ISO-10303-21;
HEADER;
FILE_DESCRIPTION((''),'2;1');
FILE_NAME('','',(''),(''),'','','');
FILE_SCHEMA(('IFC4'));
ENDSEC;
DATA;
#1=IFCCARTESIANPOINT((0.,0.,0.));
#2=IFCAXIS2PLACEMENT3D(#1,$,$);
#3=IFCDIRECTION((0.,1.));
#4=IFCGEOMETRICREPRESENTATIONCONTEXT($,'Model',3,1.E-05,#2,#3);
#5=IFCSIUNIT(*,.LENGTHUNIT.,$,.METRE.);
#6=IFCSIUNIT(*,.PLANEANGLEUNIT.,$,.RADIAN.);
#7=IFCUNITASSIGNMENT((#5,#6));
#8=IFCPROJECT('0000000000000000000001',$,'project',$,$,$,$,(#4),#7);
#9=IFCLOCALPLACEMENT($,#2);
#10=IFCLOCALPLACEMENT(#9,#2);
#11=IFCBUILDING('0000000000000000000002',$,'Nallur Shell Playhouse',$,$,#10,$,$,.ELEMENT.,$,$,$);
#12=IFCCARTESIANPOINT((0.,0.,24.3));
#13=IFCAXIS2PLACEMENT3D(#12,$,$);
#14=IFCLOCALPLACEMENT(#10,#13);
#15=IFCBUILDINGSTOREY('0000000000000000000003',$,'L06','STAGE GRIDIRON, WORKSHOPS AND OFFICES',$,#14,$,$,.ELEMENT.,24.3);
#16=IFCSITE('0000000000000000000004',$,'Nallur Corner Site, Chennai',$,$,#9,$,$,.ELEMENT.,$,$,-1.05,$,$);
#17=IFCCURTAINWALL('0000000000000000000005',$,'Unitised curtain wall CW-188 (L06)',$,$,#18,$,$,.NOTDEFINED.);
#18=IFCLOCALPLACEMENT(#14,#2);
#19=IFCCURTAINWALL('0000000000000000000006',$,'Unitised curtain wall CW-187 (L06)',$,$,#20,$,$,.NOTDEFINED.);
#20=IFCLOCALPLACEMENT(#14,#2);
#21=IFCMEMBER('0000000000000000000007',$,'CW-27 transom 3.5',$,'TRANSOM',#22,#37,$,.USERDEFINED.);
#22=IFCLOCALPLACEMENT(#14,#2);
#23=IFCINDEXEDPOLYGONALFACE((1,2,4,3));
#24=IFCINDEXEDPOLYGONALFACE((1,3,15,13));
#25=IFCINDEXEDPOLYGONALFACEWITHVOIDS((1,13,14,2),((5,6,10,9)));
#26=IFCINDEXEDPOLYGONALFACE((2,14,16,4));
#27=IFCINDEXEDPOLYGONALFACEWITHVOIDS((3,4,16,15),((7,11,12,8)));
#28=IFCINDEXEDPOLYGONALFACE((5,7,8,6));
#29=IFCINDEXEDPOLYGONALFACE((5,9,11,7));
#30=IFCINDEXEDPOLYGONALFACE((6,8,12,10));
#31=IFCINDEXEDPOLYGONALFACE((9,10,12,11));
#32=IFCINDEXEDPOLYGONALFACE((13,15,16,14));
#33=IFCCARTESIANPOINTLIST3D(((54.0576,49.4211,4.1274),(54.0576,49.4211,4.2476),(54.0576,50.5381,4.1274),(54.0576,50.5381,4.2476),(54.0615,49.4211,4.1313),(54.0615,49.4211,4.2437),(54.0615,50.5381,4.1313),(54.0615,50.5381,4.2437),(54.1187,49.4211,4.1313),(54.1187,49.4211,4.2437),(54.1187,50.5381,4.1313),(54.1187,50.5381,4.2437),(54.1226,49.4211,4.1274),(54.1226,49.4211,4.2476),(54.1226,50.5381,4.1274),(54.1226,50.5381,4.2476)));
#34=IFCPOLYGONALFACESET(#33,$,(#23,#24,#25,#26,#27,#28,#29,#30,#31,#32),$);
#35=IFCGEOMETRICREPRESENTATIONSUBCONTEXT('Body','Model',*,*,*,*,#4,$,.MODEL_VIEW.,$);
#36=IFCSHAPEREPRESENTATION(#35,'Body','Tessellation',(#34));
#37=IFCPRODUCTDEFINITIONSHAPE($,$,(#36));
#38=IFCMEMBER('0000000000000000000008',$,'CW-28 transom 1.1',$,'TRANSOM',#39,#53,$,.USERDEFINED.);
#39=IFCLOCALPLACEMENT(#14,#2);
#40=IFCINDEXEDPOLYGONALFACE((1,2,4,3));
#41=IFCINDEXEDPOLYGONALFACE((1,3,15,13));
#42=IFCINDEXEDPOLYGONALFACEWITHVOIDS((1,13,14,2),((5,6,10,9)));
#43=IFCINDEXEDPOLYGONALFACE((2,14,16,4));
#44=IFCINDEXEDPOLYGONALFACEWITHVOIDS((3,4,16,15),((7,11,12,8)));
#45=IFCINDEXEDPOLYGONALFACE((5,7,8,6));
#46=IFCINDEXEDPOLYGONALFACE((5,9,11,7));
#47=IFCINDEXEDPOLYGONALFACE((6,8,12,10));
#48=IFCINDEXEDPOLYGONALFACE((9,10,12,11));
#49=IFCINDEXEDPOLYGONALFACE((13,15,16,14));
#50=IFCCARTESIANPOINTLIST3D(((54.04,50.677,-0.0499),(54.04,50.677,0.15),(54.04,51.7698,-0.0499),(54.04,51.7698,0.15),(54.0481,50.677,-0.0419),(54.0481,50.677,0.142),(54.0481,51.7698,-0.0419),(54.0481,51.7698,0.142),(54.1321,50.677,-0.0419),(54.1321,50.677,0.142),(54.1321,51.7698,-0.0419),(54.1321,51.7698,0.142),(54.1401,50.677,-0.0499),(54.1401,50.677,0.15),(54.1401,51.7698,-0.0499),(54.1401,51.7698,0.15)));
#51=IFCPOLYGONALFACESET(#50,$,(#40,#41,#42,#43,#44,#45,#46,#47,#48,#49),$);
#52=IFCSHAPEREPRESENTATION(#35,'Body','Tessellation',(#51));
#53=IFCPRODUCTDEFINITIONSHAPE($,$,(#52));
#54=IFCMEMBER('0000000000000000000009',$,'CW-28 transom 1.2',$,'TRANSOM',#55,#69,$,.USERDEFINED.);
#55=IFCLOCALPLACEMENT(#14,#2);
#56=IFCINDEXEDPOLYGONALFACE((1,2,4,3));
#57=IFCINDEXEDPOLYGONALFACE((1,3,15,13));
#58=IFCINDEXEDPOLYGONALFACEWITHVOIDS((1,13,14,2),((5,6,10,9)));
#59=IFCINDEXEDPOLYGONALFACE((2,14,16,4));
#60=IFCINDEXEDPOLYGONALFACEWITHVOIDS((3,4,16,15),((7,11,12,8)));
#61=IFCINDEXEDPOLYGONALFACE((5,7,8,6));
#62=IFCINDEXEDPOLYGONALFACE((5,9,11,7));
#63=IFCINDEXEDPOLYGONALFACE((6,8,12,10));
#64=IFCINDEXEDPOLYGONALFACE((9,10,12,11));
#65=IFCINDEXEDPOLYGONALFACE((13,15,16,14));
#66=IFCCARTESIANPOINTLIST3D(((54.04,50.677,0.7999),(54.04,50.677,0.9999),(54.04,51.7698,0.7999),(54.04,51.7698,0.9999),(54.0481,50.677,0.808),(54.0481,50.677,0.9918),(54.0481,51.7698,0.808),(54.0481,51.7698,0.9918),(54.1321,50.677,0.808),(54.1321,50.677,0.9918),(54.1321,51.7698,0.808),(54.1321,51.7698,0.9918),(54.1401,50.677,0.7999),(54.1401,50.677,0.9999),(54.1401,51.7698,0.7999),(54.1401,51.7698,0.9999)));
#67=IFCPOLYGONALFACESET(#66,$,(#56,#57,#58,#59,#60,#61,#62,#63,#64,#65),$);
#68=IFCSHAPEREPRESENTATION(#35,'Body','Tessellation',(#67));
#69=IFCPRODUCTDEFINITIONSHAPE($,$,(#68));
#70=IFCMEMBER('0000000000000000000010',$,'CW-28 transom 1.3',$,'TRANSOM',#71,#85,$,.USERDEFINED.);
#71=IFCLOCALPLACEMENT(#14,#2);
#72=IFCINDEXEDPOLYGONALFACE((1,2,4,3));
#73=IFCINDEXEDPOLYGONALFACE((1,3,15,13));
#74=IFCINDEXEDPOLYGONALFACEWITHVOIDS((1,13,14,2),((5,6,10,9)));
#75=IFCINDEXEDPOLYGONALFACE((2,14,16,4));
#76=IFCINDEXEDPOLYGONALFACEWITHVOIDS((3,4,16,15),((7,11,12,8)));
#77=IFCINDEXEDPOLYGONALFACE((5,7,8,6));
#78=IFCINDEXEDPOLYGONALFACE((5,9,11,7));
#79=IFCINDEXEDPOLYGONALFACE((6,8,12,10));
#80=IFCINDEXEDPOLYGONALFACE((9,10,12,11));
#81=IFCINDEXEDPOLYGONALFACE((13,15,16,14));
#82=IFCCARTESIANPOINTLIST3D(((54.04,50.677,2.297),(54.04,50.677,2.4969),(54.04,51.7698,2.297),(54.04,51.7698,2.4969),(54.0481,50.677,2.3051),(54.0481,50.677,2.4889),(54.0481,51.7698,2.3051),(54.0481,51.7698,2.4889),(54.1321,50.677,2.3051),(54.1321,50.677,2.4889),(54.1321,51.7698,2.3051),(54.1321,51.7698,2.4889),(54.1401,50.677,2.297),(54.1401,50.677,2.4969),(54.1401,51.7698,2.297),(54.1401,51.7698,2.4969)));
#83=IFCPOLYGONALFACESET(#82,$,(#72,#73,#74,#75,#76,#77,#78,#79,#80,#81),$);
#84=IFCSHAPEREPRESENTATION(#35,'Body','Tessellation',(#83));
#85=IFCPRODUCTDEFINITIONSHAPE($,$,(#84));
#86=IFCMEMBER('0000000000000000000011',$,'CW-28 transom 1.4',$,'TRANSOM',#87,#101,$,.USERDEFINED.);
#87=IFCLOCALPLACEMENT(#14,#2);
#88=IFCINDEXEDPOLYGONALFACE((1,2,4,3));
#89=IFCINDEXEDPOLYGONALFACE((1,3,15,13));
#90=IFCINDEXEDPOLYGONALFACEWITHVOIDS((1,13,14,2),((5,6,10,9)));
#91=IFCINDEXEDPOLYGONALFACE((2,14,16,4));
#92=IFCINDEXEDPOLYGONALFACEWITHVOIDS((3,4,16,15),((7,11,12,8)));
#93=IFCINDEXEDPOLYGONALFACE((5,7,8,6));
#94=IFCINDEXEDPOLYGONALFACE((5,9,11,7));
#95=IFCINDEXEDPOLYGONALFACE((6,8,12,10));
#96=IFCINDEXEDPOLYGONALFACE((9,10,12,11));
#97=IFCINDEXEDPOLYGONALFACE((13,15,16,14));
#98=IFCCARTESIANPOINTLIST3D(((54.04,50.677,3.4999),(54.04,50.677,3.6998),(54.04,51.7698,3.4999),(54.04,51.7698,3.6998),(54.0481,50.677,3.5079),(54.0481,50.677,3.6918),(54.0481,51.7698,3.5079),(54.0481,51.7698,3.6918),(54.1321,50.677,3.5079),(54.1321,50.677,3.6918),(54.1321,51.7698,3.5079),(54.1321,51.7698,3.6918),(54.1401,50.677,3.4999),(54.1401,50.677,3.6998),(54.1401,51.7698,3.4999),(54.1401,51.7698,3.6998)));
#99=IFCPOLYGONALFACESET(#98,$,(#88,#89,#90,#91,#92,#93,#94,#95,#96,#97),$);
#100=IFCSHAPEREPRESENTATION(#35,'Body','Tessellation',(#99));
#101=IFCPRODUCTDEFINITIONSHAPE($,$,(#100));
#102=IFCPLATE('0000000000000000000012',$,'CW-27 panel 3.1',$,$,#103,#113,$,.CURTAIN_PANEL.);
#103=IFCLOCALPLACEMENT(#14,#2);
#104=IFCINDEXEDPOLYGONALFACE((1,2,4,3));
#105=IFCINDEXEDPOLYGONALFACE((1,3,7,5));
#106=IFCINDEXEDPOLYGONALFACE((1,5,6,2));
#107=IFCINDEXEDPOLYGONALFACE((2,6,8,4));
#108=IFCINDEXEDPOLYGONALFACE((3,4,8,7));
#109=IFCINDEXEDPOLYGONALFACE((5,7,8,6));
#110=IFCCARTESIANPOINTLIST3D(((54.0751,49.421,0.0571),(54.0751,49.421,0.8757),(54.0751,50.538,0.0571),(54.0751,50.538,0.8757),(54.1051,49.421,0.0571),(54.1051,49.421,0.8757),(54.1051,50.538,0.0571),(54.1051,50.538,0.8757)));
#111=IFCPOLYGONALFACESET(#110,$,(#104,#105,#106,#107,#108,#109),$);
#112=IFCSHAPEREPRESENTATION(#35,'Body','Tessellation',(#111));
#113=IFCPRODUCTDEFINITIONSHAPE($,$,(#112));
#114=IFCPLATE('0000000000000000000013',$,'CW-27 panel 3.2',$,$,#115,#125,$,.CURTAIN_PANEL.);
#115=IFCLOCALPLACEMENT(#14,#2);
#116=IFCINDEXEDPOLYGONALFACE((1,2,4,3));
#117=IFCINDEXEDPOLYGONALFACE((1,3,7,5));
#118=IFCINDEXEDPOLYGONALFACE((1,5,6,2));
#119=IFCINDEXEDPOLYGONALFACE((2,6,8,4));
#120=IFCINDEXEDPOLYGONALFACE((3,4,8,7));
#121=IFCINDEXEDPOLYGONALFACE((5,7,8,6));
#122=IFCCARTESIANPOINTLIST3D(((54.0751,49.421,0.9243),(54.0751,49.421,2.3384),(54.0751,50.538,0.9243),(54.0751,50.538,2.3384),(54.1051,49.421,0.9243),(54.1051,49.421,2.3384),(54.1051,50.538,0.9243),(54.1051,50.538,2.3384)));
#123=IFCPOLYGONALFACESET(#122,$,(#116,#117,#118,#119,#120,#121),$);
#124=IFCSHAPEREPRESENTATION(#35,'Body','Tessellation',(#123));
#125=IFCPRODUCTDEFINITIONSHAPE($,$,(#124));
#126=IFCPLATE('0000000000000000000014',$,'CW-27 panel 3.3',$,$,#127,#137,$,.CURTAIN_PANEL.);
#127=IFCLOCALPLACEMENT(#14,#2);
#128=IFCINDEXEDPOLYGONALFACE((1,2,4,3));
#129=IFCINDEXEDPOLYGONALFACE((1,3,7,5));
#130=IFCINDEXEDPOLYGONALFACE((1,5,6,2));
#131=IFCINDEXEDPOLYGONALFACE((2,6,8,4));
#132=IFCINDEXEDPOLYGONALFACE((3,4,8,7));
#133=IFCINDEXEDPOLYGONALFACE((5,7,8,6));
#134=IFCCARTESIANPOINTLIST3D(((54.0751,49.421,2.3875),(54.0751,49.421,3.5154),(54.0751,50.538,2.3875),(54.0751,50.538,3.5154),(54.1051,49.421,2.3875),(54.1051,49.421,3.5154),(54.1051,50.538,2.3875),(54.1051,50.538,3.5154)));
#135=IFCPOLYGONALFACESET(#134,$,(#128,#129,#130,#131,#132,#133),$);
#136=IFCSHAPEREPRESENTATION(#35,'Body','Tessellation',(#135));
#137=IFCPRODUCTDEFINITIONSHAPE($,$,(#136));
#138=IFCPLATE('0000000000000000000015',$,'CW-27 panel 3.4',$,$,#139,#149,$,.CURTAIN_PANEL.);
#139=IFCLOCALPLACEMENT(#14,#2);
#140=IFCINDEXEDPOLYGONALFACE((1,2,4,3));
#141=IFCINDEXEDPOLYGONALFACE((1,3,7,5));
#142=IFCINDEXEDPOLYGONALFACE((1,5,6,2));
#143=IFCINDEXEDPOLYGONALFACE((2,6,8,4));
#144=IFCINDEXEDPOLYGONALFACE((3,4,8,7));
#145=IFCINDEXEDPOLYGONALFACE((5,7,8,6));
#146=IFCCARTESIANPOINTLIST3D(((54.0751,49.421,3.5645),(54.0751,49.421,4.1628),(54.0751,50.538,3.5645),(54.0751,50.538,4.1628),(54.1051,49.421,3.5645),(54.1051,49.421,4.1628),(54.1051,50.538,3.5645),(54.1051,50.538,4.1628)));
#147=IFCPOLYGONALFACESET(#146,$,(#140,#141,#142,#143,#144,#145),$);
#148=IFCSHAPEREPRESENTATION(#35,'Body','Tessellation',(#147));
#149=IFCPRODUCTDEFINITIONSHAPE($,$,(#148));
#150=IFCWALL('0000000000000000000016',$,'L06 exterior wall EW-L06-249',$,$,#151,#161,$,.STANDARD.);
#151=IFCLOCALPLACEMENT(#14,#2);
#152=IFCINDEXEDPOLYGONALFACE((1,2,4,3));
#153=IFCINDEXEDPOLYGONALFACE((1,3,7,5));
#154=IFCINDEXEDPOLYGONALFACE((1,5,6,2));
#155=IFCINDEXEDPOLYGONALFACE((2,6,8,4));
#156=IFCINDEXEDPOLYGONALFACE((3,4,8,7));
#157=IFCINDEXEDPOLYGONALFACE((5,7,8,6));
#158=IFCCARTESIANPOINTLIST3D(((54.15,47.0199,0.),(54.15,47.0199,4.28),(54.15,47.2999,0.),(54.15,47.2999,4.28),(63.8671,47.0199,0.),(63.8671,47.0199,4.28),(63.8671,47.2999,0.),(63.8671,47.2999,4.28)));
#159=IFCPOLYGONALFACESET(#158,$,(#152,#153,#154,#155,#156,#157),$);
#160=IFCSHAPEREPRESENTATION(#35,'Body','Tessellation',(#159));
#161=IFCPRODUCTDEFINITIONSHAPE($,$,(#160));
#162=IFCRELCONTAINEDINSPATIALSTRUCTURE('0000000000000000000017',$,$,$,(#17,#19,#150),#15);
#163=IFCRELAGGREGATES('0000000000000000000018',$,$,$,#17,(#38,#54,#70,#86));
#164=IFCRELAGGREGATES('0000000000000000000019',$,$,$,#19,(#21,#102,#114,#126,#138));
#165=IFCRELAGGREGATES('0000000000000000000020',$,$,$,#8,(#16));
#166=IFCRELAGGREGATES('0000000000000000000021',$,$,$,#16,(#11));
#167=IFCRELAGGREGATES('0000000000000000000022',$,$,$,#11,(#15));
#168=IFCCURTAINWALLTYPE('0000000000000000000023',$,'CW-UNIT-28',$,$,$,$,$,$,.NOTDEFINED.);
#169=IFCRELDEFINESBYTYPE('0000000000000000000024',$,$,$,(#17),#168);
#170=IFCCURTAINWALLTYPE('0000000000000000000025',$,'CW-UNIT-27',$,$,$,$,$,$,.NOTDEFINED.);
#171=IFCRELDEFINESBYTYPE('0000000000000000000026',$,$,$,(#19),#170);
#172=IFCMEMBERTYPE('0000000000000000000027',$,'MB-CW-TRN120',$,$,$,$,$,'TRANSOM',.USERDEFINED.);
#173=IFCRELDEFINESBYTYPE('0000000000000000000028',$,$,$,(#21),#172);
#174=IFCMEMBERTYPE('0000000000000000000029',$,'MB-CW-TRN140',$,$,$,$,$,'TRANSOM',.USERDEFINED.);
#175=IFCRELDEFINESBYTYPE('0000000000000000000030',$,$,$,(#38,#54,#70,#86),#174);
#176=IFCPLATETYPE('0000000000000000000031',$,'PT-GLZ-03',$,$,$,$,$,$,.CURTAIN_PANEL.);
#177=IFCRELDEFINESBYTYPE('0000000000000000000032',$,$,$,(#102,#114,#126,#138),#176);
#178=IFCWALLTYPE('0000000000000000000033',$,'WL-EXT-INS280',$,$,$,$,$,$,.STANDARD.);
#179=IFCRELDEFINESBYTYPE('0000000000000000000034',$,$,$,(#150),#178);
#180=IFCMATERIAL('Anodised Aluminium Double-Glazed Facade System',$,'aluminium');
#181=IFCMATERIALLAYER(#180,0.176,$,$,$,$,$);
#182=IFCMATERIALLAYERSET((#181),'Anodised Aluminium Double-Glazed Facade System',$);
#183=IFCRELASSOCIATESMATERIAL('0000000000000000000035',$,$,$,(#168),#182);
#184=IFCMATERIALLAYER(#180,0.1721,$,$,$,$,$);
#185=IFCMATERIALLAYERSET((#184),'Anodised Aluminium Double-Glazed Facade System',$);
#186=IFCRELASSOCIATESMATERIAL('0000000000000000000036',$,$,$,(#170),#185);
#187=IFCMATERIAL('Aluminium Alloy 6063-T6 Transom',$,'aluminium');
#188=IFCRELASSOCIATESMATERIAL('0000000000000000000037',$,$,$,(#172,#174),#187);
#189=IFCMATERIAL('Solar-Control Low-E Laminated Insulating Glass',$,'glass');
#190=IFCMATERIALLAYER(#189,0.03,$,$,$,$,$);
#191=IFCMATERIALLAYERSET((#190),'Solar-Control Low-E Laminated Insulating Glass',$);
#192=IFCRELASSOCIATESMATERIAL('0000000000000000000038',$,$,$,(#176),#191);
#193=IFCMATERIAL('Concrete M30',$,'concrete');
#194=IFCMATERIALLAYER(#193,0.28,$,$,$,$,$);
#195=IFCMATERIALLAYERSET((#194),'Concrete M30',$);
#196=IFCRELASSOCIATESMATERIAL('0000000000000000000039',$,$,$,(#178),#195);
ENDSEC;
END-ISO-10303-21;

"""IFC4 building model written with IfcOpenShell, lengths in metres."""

from ifc_helpers import new_model, si_unit, direction, frame, frame_2d, origin, origin_2d, place, context, subcontext, project, spatial, rectangle, hollow_rectangle, extrude, material, layer, layer_set, material_profile, profile_set, type_object, element, aggregate, save


model = new_model("IFC4")

# Units and contexts
model_context = context("Model", 3, precision=1e-05, world=origin(), true_north=direction((0.0, 1.0)))
body_context = subcontext(model_context, "Body", "Model", "MODEL_VIEW")
ifc_project = project(units=[si_unit("LENGTHUNIT", "METRE"), si_unit("PLANEANGLEUNIT", "RADIAN")], contexts=[model_context])

# Site, building, storey
site_placement = place(None, origin())
site = spatial("IfcSite", under=ifc_project, at=site_placement, Name="Nallur Corner Site, Chennai", CompositionType="ELEMENT", RefElevation=-1.05)
building_placement = place(site_placement, origin())
building = spatial("IfcBuilding", under=site, at=building_placement, Name="Nallur Shell Playhouse", CompositionType="ELEMENT")
storey_placement = place(building_placement, frame((0.0, 0.0, 24.3)))
storey = spatial("IfcBuildingStorey", under=building, at=storey_placement, Name="L06", Description="STAGE GRIDIRON, WORKSHOPS AND OFFICES", CompositionType="ELEMENT", Elevation=24.3)

# Shared definitions
ifc_material_1 = material(Name="Concrete M30", Category="concrete")

# Curtain wall
ifc_material_2 = material(Name="Anodised Aluminium Double-Glazed Facade System", Category="aluminium")
ifc_layer_1 = layer(ifc_material_2, 0.176)
ifc_layer_set_1 = layer_set([ifc_layer_1], Name="Anodised Aluminium Double-Glazed Facade System")
curtain_wall_type_1 = type_object("IfcCurtainWallType", Name="CW-UNIT-28", PredefinedType="NOTDEFINED", material=ifc_layer_set_1)
curtain_wall_1_placement = place(storey_placement, origin())
curtain_wall_1 = element("IfcCurtainWall", 1, at=curtain_wall_1_placement, inside=storey, type_object=curtain_wall_type_1, Name="Unitised curtain wall CW-188 (L06)", PredefinedType="NOTDEFINED")

# Curtain wall, member
ifc_layer_2 = layer(ifc_material_2, 0.1721)
ifc_layer_set_2 = layer_set([ifc_layer_2], Name="Anodised Aluminium Double-Glazed Facade System")
curtain_wall_type_2 = type_object("IfcCurtainWallType", Name="CW-UNIT-27", PredefinedType="NOTDEFINED", material=ifc_layer_set_2)
curtain_wall_2_placement = place(storey_placement, origin())
curtain_wall_2 = element("IfcCurtainWall", 2, at=curtain_wall_2_placement, inside=storey, type_object=curtain_wall_type_2, Name="Unitised curtain wall CW-187 (L06)", PredefinedType="NOTDEFINED")
ifc_material_3 = material(Name="Aluminium Alloy 6063-T6 Transom", Category="aluminium")
ifc_material_profile_1 = material_profile(ifc_material_3, hollow_rectangle(XDim=0.0649, YDim=0.1201, WallThickness=0.0039, at=origin_2d()), Name="ALU 65x120x4")
ifc_profile_set_1 = profile_set([ifc_material_profile_1], Name="Aluminium Alloy 6063-T6 Transom")
member_type_1 = type_object("IfcMemberType", Name="MB-CW-TRN120", ElementType="TRANSOM", PredefinedType="USERDEFINED", material=ifc_profile_set_1)
member_1_placement = place(storey_placement, frame((54.0901, 49.4211, 4.1875), z_axis=(0.0, 1.0, 0.0), x_axis=(-1.0, 0.0, 0.0)))
member_1 = element("IfcMember", 3, at=member_1_placement, type_object=member_type_1, Name="CW-27 transom 3.5", ObjectType="TRANSOM", PredefinedType="USERDEFINED", context=body_context, shape_type="SweptSolid", body=[
    extrude(hollow_rectangle(XDim=0.0649, YDim=0.1201, WallThickness=0.0039, at=origin_2d()), origin(), (0.0, 0.0, 1.0), 1.1169),
])

# Members
ifc_material_profile_2 = material_profile(ifc_material_3, hollow_rectangle(XDim=0.1001, YDim=0.2, WallThickness=0.0081, at=origin_2d()), Name="RHS 200x100x8")
ifc_profile_set_2 = profile_set([ifc_material_profile_2], Name="Aluminium Alloy 6063-T6 Transom")
member_type_2 = type_object("IfcMemberType", Name="MB-CW-TRN140", ElementType="TRANSOM", PredefinedType="USERDEFINED", material=ifc_profile_set_2)
member_2_placement = place(storey_placement, frame((54.0901, 50.677, 0.05), z_axis=(0.0, 1.0, 0.0), x_axis=(-1.0, 0.0, 0.0)))
member_2 = element("IfcMember", 4, at=member_2_placement, type_object=member_type_2, Name="CW-28 transom 1.1", ObjectType="TRANSOM", PredefinedType="USERDEFINED", context=body_context, shape_type="SweptSolid", body=[
    extrude(hollow_rectangle(XDim=0.1001, YDim=0.2, WallThickness=0.0081, at=origin_2d()), origin(), (0.0, 0.0, 1.0), 1.0928),
])
member_3_placement = place(storey_placement, frame((54.0901, 50.677, 0.8999), z_axis=(0.0, 1.0, 0.0), x_axis=(-1.0, 0.0, 0.0)))
member_3 = element("IfcMember", 5, at=member_3_placement, type_object=member_type_2, Name="CW-28 transom 1.2", ObjectType="TRANSOM", PredefinedType="USERDEFINED", context=body_context, shape_type="SweptSolid", body=[
    extrude(hollow_rectangle(XDim=0.1001, YDim=0.2, WallThickness=0.0081, at=origin_2d()), origin(), (0.0, 0.0, 1.0), 1.0928),
])
member_4_placement = place(storey_placement, frame((54.0901, 50.677, 2.397), z_axis=(0.0, 1.0, 0.0), x_axis=(-1.0, 0.0, 0.0)))
member_4 = element("IfcMember", 6, at=member_4_placement, type_object=member_type_2, Name="CW-28 transom 1.3", ObjectType="TRANSOM", PredefinedType="USERDEFINED", context=body_context, shape_type="SweptSolid", body=[
    extrude(hollow_rectangle(XDim=0.1001, YDim=0.2, WallThickness=0.0081, at=origin_2d()), origin(), (0.0, 0.0, 1.0), 1.0928),
])
member_5_placement = place(storey_placement, frame((54.0901, 50.677, 3.5999), z_axis=(0.0, 1.0, 0.0), x_axis=(-1.0, 0.0, 0.0)))
member_5 = element("IfcMember", 7, at=member_5_placement, type_object=member_type_2, Name="CW-28 transom 1.4", ObjectType="TRANSOM", PredefinedType="USERDEFINED", context=body_context, shape_type="SweptSolid", body=[
    extrude(hollow_rectangle(XDim=0.1001, YDim=0.2, WallThickness=0.0081, at=origin_2d()), origin(), (0.0, 0.0, 1.0), 1.0928),
])
aggregate(curtain_wall_1, [member_2, member_3, member_4, member_5])

# Plates
ifc_material_4 = material(Name="Solar-Control Low-E Laminated Insulating Glass", Category="glass")
ifc_layer_3 = layer(ifc_material_4, 0.03)
ifc_layer_set_3 = layer_set([ifc_layer_3], Name="Solar-Control Low-E Laminated Insulating Glass")
plate_type = type_object("IfcPlateType", Name="PT-GLZ-03", PredefinedType="CURTAIN_PANEL", material=ifc_layer_set_3)
plate_1_placement = place(storey_placement, frame((54.0901, 49.9795, 0.0571), z_axis=(0.0, 0.0, 1.0), x_axis=(0.0, 1.0, 0.0)))
plate_1 = element("IfcPlate", 8, at=plate_1_placement, type_object=plate_type, Name="CW-27 panel 3.1", PredefinedType="CURTAIN_PANEL", context=body_context, shape_type="SweptSolid", body=[
    extrude(rectangle(XDim=1.1169, YDim=0.03, at=origin_2d()), origin(), (0.0, 0.0, 1.0), 0.8186),
])
plate_2_placement = place(storey_placement, frame((54.0901, 49.9795, 0.9243), z_axis=(0.0, 0.0, 1.0), x_axis=(0.0, 1.0, 0.0)))
plate_2 = element("IfcPlate", 9, at=plate_2_placement, type_object=plate_type, Name="CW-27 panel 3.2", PredefinedType="CURTAIN_PANEL", context=body_context, shape_type="SweptSolid", body=[
    extrude(rectangle(XDim=1.1169, YDim=0.03, at=origin_2d()), origin(), (0.0, 0.0, 1.0), 1.4141),
])
plate_3_placement = place(storey_placement, frame((54.0901, 49.9795, 2.3875), z_axis=(0.0, 0.0, 1.0), x_axis=(0.0, 1.0, 0.0)))
plate_3 = element("IfcPlate", 10, at=plate_3_placement, type_object=plate_type, Name="CW-27 panel 3.3", PredefinedType="CURTAIN_PANEL", context=body_context, shape_type="SweptSolid", body=[
    extrude(rectangle(XDim=1.1169, YDim=0.03, at=origin_2d()), origin(), (0.0, 0.0, 1.0), 1.1279),
])
plate_4_placement = place(storey_placement, frame((54.0901, 49.9795, 3.5645), z_axis=(0.0, 0.0, 1.0), x_axis=(0.0, 1.0, 0.0)))
plate_4 = element("IfcPlate", 11, at=plate_4_placement, type_object=plate_type, Name="CW-27 panel 3.4", PredefinedType="CURTAIN_PANEL", context=body_context, shape_type="SweptSolid", body=[
    extrude(rectangle(XDim=1.1169, YDim=0.03, at=origin_2d()), origin(), (0.0, 0.0, 1.0), 0.5984),
])
aggregate(curtain_wall_2, [member_1, plate_1, plate_2, plate_3, plate_4])

# Wall
ifc_layer_4 = layer(ifc_material_1, 0.28)
ifc_layer_set_4 = layer_set([ifc_layer_4], Name="Concrete M30")
wall_type = type_object("IfcWallType", Name="WL-EXT-INS280", PredefinedType="STANDARD", material=ifc_layer_set_4)
wall_placement = place(storey_placement, frame((63.8669, 47.1599, 0.0), z_axis=(0.0, 0.0, 1.0), x_axis=(-1.0, 0.0, 0.0)))
element("IfcWall", 12, at=wall_placement, inside=storey, type_object=wall_type, Name="L06 exterior wall EW-L06-249", PredefinedType="STANDARD", context=body_context, shape_type="SweptSolid", body=[
    extrude(rectangle(XDim=9.717, YDim=0.28, at=frame_2d((4.8584, 0.0))), origin(), (0.0, 0.0, 1.0), 4.28),
])

save(model, "model.ifc")
